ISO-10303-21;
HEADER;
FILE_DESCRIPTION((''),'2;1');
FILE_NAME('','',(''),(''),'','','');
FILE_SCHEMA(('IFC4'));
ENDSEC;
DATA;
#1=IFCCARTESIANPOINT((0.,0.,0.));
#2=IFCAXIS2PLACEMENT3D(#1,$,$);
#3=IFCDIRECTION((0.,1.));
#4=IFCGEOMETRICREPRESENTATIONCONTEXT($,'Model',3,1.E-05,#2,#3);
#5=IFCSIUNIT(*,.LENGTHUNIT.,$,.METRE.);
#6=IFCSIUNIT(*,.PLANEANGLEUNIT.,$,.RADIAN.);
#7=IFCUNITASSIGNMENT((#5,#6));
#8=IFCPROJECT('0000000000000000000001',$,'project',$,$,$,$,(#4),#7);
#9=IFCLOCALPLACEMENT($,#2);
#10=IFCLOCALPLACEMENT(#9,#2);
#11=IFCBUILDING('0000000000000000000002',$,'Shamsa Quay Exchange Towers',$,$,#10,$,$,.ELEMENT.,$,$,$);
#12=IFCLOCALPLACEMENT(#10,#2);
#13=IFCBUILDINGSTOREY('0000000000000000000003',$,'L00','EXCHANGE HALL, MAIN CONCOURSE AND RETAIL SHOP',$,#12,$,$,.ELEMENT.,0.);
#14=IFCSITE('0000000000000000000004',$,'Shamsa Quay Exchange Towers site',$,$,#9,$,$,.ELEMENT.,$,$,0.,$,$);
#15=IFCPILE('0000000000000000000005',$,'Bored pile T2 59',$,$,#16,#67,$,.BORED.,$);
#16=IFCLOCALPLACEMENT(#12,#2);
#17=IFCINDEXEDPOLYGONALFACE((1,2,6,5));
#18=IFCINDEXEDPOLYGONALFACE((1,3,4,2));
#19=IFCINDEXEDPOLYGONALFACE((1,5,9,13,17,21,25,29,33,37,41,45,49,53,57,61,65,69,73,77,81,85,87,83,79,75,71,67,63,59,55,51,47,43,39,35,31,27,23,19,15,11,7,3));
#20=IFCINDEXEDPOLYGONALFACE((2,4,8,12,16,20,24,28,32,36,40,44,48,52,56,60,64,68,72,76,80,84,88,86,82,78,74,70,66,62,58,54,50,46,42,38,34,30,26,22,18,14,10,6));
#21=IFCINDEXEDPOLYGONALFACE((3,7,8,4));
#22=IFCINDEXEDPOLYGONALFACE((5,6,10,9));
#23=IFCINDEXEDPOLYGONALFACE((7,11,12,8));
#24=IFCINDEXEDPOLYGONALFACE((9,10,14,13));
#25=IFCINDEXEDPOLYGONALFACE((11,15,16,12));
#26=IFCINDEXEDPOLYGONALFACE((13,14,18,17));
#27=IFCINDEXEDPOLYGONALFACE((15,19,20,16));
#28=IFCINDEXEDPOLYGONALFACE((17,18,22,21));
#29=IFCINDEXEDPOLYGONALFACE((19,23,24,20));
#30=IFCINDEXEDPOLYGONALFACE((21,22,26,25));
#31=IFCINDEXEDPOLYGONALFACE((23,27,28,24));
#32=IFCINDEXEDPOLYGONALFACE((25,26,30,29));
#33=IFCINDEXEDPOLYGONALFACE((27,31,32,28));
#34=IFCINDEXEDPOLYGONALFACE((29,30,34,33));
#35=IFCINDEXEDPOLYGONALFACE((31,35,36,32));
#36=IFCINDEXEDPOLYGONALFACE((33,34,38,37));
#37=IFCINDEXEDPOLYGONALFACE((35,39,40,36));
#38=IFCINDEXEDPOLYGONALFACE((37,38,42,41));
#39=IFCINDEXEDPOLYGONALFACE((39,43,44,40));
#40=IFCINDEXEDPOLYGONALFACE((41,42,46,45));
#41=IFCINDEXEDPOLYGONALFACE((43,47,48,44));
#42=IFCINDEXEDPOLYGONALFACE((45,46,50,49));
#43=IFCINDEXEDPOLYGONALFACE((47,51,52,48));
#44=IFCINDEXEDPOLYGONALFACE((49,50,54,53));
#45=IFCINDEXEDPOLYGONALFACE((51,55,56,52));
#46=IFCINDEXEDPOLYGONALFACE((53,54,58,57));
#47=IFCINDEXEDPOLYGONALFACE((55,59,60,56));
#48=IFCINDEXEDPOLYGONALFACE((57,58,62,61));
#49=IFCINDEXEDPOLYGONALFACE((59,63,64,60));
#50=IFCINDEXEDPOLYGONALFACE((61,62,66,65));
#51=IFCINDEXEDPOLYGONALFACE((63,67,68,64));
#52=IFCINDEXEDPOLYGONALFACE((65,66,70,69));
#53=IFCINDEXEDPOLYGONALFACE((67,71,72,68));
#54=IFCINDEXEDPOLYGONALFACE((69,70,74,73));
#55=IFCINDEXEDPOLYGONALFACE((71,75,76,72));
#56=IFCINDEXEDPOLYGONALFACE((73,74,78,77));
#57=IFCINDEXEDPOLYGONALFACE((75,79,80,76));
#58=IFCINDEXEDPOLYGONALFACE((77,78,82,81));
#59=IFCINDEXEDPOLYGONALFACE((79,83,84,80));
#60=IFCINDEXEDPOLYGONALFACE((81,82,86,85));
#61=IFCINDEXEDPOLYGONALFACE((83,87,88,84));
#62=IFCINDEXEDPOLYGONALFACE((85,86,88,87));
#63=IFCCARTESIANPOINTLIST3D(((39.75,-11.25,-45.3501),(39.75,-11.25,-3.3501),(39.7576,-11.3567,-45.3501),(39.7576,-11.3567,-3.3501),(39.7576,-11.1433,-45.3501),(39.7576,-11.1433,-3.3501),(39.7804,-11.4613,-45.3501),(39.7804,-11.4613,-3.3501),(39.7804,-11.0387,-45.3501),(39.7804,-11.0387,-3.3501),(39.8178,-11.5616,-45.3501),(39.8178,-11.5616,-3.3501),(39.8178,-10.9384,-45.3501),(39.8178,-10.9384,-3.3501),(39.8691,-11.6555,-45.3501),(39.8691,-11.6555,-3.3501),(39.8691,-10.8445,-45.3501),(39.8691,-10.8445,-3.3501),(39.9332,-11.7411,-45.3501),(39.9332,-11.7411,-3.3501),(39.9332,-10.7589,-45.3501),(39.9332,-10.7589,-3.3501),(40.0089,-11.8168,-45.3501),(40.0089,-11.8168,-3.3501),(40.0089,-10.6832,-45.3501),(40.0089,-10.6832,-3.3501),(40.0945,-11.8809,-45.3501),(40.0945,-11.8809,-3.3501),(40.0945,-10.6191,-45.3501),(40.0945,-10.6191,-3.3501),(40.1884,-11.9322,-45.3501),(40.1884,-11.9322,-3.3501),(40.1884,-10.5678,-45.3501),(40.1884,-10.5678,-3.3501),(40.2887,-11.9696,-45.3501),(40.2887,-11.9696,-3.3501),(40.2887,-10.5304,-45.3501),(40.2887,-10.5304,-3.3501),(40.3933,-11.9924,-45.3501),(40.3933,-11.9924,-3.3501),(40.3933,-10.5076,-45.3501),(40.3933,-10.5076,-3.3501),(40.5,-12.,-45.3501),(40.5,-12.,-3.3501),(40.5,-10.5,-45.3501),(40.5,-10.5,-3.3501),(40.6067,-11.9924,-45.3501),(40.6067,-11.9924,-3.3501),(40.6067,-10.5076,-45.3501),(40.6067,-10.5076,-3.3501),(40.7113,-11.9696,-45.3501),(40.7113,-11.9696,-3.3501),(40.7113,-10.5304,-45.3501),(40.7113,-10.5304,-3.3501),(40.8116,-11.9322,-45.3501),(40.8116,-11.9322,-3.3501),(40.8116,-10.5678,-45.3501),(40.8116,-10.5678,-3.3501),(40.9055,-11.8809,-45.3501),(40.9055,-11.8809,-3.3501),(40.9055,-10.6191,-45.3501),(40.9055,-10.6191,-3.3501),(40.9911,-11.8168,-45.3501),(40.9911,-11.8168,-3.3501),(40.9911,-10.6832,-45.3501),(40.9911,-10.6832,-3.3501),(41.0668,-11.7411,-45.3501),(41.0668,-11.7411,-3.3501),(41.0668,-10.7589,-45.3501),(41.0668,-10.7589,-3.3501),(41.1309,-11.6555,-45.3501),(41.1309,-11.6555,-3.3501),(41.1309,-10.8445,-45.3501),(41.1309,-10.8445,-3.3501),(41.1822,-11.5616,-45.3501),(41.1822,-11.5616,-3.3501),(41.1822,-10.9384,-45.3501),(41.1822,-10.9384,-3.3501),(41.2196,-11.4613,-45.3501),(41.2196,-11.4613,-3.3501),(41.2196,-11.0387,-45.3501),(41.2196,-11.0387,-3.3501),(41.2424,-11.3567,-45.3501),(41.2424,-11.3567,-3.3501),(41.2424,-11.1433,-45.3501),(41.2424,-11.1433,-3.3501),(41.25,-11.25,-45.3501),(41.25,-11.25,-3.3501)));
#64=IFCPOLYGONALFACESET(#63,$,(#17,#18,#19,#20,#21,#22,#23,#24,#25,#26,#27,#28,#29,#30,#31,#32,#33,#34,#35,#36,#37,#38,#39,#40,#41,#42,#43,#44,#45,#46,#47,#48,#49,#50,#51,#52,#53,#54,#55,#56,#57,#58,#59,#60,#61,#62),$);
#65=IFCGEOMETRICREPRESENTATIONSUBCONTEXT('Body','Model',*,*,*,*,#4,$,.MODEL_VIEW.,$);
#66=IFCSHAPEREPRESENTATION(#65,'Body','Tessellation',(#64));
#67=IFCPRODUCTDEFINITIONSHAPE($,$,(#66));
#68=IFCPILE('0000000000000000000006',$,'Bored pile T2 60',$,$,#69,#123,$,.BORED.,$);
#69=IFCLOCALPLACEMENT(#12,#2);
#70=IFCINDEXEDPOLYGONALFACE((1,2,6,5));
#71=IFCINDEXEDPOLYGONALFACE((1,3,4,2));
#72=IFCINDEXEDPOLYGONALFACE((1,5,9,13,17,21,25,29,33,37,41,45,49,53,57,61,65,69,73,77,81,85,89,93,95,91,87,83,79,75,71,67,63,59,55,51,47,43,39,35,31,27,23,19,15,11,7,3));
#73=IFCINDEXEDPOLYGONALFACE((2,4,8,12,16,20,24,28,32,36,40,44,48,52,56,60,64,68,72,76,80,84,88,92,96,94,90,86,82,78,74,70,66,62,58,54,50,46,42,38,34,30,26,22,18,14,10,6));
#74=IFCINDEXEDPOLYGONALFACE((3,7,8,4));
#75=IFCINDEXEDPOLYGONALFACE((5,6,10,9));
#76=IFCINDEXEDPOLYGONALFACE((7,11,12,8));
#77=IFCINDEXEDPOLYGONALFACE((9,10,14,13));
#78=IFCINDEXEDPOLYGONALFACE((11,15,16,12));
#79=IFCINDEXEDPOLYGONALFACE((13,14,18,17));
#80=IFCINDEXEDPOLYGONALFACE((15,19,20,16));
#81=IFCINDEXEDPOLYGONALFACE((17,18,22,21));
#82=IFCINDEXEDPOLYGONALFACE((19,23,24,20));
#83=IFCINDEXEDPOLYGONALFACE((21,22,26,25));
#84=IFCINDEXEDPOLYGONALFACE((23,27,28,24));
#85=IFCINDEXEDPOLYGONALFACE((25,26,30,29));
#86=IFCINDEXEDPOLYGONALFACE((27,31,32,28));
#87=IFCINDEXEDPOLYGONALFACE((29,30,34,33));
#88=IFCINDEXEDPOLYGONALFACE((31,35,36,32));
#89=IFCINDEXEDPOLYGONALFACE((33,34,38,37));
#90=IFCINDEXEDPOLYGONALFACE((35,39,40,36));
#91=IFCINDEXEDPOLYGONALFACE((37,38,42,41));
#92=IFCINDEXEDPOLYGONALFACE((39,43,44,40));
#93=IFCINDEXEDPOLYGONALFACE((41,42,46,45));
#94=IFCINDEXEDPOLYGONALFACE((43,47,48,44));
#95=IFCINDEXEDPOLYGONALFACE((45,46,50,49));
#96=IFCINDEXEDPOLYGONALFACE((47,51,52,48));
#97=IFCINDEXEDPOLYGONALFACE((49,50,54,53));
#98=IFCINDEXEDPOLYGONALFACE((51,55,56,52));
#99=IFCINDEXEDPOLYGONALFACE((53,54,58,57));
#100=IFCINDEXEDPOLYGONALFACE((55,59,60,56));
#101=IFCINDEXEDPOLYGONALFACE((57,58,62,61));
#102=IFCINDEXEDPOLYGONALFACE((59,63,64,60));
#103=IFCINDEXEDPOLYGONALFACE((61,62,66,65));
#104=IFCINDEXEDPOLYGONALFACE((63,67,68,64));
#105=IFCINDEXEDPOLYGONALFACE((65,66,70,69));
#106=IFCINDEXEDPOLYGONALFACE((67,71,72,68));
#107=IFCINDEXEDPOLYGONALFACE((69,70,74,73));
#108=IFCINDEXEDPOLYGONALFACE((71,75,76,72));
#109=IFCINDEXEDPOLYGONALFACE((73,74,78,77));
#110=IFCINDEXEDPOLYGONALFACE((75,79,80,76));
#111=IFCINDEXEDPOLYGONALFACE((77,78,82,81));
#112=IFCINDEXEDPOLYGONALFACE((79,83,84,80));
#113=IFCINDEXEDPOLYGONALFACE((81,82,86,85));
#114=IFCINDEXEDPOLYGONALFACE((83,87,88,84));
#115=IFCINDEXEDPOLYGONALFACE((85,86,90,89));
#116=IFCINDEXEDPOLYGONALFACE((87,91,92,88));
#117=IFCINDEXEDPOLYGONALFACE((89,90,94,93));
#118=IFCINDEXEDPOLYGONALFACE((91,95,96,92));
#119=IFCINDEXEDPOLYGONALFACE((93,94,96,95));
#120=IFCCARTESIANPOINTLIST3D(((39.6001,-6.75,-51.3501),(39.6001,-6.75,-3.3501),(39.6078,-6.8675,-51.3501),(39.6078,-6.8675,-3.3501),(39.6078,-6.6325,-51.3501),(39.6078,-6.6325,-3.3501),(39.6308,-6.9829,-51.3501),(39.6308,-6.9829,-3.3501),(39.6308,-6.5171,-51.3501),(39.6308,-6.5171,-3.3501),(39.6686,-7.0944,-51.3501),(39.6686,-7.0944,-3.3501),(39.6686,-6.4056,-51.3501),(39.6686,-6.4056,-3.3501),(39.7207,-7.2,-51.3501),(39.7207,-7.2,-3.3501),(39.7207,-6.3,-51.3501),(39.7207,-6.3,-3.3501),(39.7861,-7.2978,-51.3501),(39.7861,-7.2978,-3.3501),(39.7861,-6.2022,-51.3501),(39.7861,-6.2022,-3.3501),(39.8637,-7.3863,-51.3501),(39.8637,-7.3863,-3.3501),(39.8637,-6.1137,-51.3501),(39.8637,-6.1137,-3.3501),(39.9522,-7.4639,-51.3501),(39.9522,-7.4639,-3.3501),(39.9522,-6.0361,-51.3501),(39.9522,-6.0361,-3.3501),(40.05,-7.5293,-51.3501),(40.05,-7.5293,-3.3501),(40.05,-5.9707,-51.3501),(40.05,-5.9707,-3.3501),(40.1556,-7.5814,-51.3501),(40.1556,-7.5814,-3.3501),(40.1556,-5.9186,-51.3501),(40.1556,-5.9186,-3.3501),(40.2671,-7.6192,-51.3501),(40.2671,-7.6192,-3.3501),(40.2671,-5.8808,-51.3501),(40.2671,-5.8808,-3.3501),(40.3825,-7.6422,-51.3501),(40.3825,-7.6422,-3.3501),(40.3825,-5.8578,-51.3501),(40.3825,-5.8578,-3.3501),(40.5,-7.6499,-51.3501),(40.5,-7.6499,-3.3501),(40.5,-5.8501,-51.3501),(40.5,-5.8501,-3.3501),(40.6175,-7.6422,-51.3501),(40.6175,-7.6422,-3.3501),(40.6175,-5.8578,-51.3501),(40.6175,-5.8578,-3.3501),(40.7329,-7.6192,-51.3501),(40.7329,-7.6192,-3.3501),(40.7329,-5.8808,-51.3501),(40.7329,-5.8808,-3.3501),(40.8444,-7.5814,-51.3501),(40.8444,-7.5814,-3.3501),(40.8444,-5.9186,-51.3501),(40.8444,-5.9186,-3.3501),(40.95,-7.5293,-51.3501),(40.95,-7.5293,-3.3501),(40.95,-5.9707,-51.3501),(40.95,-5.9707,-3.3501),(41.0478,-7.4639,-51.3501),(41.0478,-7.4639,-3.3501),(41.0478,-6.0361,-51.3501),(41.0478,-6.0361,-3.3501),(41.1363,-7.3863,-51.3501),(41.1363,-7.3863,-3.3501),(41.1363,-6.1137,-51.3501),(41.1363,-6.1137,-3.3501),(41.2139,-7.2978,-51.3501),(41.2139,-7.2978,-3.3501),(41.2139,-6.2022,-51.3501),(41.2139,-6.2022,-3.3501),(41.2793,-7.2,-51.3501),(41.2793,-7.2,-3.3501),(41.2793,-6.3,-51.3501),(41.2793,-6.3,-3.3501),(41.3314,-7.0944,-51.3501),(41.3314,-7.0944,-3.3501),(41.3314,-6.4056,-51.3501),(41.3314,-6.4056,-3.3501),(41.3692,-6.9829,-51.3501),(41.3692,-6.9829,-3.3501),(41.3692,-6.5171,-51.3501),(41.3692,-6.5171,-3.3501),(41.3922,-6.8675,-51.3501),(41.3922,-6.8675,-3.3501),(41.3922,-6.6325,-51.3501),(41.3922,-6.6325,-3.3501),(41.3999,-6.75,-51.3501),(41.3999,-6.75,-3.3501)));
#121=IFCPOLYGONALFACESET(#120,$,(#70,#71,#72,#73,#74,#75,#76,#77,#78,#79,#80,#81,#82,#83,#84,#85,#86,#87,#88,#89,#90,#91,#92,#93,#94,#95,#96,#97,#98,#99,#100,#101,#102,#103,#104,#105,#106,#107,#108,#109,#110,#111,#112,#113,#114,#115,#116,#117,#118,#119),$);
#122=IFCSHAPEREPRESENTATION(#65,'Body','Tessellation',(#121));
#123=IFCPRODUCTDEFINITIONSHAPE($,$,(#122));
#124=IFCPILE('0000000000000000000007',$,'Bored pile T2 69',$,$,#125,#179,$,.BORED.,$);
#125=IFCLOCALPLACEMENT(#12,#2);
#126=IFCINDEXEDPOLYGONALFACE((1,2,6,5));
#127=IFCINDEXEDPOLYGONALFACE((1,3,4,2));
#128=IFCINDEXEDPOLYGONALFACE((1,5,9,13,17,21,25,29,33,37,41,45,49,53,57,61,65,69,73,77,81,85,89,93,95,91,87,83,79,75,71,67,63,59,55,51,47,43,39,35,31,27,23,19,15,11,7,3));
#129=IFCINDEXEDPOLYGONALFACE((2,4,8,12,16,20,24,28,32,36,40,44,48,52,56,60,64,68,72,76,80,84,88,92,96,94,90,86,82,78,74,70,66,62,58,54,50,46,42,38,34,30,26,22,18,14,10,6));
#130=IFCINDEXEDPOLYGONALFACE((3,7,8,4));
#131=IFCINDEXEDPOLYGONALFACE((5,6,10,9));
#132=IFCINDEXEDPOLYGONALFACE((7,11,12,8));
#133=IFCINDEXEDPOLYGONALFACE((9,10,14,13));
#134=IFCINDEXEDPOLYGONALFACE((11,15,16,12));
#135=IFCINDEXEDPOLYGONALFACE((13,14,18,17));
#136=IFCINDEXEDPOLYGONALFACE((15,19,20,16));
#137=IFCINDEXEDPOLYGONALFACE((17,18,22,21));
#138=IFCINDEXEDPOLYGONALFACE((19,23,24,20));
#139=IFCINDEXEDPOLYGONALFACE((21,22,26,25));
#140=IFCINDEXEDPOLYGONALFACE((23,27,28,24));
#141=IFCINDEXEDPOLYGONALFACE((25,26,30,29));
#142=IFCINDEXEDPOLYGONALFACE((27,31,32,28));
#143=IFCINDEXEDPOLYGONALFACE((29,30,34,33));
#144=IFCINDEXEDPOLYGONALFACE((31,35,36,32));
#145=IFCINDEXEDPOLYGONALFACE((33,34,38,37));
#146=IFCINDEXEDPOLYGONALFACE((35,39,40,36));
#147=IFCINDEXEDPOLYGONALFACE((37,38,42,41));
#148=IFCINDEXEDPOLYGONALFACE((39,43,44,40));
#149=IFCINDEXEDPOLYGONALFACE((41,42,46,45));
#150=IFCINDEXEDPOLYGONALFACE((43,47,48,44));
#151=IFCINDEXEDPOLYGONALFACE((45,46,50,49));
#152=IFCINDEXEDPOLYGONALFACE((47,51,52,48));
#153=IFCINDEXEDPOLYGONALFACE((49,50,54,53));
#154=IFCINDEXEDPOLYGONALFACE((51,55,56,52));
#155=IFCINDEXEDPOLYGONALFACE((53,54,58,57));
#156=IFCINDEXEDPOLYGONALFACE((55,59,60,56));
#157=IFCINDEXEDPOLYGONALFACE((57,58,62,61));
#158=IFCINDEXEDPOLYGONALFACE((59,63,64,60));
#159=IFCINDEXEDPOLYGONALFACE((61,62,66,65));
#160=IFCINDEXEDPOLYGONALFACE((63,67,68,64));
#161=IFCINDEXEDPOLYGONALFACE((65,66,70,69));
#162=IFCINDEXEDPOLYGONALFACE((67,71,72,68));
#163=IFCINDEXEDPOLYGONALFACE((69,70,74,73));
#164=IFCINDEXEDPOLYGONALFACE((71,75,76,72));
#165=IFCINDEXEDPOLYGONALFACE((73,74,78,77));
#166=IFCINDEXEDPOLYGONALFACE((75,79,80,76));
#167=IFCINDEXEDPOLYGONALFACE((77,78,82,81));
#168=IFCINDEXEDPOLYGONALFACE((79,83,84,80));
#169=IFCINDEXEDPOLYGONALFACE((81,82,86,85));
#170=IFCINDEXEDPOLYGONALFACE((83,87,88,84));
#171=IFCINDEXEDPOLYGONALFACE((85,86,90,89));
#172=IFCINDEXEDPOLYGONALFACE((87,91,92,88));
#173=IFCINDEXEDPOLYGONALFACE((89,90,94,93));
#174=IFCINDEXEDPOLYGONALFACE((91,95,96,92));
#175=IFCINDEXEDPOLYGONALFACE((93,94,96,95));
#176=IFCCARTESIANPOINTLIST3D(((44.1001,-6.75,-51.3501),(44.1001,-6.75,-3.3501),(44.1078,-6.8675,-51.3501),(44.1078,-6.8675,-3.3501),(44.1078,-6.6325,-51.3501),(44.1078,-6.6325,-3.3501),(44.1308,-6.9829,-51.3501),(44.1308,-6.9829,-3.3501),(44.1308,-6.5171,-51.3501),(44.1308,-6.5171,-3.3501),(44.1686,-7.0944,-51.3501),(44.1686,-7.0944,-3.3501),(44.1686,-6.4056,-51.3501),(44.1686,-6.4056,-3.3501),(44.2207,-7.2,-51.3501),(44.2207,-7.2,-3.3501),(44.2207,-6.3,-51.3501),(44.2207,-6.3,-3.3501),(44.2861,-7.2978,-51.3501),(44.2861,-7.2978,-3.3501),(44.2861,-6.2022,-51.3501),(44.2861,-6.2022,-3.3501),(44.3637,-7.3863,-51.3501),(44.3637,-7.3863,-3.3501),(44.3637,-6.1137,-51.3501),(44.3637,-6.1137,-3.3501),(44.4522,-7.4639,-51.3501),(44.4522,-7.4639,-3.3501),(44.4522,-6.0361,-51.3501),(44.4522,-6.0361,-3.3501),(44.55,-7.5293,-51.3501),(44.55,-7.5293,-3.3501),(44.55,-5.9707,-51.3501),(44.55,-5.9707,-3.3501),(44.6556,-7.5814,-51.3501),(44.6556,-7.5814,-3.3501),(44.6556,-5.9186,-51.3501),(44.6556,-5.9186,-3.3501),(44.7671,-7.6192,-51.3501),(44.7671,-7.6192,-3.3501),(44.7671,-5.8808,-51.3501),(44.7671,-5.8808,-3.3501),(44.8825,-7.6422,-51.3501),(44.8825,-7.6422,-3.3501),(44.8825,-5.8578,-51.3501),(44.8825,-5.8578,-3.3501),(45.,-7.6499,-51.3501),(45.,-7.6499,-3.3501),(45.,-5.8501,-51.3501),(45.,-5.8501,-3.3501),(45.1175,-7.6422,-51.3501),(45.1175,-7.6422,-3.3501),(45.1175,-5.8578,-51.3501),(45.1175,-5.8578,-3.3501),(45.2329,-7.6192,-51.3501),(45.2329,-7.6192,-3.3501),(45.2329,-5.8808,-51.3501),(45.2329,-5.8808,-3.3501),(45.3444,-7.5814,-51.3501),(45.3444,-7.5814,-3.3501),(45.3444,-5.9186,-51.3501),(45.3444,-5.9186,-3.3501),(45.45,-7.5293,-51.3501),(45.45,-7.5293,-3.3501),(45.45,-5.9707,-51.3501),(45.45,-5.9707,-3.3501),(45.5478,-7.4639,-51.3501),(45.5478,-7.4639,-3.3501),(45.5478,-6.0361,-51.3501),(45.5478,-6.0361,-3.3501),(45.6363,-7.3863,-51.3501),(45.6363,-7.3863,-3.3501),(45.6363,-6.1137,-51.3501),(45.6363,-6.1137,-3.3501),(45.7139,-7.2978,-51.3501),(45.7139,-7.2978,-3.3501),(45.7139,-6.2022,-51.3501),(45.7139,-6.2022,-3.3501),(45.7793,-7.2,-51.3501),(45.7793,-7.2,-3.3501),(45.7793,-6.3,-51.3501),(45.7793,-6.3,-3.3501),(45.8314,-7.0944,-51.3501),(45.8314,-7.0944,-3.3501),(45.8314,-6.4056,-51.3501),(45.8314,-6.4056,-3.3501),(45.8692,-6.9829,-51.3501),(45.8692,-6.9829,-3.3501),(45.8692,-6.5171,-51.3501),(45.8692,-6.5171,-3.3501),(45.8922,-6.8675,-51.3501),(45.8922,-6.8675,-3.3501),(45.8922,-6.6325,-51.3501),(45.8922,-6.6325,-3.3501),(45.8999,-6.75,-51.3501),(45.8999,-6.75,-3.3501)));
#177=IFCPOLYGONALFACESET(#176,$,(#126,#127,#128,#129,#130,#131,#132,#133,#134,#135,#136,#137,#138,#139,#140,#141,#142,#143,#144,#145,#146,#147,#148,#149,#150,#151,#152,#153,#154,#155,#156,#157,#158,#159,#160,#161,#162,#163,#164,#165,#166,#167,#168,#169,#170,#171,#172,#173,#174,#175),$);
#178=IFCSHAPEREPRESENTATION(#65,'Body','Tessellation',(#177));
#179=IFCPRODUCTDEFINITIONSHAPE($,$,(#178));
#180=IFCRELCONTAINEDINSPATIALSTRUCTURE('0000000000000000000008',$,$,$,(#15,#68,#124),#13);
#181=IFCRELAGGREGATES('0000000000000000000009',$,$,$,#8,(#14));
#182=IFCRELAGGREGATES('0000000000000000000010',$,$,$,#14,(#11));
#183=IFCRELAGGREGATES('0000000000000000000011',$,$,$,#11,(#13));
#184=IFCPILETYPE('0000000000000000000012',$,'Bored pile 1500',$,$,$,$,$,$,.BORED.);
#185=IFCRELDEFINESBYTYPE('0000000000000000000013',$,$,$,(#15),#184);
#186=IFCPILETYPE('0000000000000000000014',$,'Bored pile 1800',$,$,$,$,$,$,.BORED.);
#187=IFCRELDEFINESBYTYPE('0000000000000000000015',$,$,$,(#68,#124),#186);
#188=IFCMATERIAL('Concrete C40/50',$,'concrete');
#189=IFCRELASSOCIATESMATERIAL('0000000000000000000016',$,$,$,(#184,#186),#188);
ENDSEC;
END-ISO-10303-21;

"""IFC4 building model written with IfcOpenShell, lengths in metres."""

from ifc_helpers import new_model, si_unit, direction, frame, origin, origin_2d, place, context, subcontext, project, spatial, circle, extrude, material, material_profile, profile_set, type_object, element, save


model = new_model("IFC4")

# Units and contexts
model_context = context("Model", 3, precision=1e-05, world=origin(), true_north=direction((0.0, 1.0)))
body_context = subcontext(model_context, "Body", "Model", "MODEL_VIEW")
ifc_project = project(units=[si_unit("LENGTHUNIT", "METRE"), si_unit("PLANEANGLEUNIT", "RADIAN")], contexts=[model_context])

# Site, building, storey
site_placement = place(None, origin())
site = spatial("IfcSite", under=ifc_project, at=site_placement, Name="Shamsa Quay Exchange Towers site", CompositionType="ELEMENT", RefElevation=0.0)
building_placement = place(site_placement, origin())
building = spatial("IfcBuilding", under=site, at=building_placement, Name="Shamsa Quay Exchange Towers", CompositionType="ELEMENT")
storey_placement = place(building_placement, origin())
storey = spatial("IfcBuildingStorey", under=building, at=storey_placement, Name="L00", Description="EXCHANGE HALL, MAIN CONCOURSE AND RETAIL SHOP", CompositionType="ELEMENT", Elevation=0.0)

# Piles
ifc_material_1 = material(Name="Concrete C40/50", Category="concrete")
ifc_material_profile_1 = material_profile(ifc_material_1, circle(Radius=0.75, at=origin_2d()), Name="BP1500")
ifc_profile_set_1 = profile_set([ifc_material_profile_1], Name="Concrete C40/50")
pile_type_1 = type_object("IfcPileType", Name="Bored pile 1500", PredefinedType="BORED", material=ifc_profile_set_1)
for number, where, z_axis, x_axis, name in (
    (1, (40.5, -11.25, -3.3501), (0.0, 0.0, -1.0), (1.0, 0.0, 0.0), "Bored pile T2 59"),
):
    element("IfcPile", number, at=place(storey_placement, frame(where, z_axis=z_axis, x_axis=x_axis)), inside=storey, type_object=pile_type_1, Name=name, PredefinedType="BORED", context=body_context, shape_type="SweptSolid", body=[
        extrude(circle(Radius=0.75, at=origin_2d()), origin(), (0.0, 0.0, 1.0), 42.0),
    ])
ifc_material_profile_2 = material_profile(ifc_material_1, circle(Radius=0.8999, at=origin_2d()), Name="BP1800")
ifc_profile_set_2 = profile_set([ifc_material_profile_2], Name="Concrete C40/50")
pile_type_2 = type_object("IfcPileType", Name="Bored pile 1800", PredefinedType="BORED", material=ifc_profile_set_2)
for number, where, z_axis, x_axis, name in (
    (2, (40.5, -6.75, -3.3501), (0.0, 0.0, -1.0), (1.0, 0.0, 0.0), "Bored pile T2 60"),
    (3, (45.0, -6.75, -3.3501), (0.0, 0.0, -1.0), (1.0, 0.0, 0.0), "Bored pile T2 69"),
):
    element("IfcPile", number, at=place(storey_placement, frame(where, z_axis=z_axis, x_axis=x_axis)), inside=storey, type_object=pile_type_2, Name=name, PredefinedType="BORED", context=body_context, shape_type="SweptSolid", body=[
        extrude(circle(Radius=0.8999, at=origin_2d()), origin(), (0.0, 0.0, 1.0), 48.0),
    ])

save(model, "model.ifc")
